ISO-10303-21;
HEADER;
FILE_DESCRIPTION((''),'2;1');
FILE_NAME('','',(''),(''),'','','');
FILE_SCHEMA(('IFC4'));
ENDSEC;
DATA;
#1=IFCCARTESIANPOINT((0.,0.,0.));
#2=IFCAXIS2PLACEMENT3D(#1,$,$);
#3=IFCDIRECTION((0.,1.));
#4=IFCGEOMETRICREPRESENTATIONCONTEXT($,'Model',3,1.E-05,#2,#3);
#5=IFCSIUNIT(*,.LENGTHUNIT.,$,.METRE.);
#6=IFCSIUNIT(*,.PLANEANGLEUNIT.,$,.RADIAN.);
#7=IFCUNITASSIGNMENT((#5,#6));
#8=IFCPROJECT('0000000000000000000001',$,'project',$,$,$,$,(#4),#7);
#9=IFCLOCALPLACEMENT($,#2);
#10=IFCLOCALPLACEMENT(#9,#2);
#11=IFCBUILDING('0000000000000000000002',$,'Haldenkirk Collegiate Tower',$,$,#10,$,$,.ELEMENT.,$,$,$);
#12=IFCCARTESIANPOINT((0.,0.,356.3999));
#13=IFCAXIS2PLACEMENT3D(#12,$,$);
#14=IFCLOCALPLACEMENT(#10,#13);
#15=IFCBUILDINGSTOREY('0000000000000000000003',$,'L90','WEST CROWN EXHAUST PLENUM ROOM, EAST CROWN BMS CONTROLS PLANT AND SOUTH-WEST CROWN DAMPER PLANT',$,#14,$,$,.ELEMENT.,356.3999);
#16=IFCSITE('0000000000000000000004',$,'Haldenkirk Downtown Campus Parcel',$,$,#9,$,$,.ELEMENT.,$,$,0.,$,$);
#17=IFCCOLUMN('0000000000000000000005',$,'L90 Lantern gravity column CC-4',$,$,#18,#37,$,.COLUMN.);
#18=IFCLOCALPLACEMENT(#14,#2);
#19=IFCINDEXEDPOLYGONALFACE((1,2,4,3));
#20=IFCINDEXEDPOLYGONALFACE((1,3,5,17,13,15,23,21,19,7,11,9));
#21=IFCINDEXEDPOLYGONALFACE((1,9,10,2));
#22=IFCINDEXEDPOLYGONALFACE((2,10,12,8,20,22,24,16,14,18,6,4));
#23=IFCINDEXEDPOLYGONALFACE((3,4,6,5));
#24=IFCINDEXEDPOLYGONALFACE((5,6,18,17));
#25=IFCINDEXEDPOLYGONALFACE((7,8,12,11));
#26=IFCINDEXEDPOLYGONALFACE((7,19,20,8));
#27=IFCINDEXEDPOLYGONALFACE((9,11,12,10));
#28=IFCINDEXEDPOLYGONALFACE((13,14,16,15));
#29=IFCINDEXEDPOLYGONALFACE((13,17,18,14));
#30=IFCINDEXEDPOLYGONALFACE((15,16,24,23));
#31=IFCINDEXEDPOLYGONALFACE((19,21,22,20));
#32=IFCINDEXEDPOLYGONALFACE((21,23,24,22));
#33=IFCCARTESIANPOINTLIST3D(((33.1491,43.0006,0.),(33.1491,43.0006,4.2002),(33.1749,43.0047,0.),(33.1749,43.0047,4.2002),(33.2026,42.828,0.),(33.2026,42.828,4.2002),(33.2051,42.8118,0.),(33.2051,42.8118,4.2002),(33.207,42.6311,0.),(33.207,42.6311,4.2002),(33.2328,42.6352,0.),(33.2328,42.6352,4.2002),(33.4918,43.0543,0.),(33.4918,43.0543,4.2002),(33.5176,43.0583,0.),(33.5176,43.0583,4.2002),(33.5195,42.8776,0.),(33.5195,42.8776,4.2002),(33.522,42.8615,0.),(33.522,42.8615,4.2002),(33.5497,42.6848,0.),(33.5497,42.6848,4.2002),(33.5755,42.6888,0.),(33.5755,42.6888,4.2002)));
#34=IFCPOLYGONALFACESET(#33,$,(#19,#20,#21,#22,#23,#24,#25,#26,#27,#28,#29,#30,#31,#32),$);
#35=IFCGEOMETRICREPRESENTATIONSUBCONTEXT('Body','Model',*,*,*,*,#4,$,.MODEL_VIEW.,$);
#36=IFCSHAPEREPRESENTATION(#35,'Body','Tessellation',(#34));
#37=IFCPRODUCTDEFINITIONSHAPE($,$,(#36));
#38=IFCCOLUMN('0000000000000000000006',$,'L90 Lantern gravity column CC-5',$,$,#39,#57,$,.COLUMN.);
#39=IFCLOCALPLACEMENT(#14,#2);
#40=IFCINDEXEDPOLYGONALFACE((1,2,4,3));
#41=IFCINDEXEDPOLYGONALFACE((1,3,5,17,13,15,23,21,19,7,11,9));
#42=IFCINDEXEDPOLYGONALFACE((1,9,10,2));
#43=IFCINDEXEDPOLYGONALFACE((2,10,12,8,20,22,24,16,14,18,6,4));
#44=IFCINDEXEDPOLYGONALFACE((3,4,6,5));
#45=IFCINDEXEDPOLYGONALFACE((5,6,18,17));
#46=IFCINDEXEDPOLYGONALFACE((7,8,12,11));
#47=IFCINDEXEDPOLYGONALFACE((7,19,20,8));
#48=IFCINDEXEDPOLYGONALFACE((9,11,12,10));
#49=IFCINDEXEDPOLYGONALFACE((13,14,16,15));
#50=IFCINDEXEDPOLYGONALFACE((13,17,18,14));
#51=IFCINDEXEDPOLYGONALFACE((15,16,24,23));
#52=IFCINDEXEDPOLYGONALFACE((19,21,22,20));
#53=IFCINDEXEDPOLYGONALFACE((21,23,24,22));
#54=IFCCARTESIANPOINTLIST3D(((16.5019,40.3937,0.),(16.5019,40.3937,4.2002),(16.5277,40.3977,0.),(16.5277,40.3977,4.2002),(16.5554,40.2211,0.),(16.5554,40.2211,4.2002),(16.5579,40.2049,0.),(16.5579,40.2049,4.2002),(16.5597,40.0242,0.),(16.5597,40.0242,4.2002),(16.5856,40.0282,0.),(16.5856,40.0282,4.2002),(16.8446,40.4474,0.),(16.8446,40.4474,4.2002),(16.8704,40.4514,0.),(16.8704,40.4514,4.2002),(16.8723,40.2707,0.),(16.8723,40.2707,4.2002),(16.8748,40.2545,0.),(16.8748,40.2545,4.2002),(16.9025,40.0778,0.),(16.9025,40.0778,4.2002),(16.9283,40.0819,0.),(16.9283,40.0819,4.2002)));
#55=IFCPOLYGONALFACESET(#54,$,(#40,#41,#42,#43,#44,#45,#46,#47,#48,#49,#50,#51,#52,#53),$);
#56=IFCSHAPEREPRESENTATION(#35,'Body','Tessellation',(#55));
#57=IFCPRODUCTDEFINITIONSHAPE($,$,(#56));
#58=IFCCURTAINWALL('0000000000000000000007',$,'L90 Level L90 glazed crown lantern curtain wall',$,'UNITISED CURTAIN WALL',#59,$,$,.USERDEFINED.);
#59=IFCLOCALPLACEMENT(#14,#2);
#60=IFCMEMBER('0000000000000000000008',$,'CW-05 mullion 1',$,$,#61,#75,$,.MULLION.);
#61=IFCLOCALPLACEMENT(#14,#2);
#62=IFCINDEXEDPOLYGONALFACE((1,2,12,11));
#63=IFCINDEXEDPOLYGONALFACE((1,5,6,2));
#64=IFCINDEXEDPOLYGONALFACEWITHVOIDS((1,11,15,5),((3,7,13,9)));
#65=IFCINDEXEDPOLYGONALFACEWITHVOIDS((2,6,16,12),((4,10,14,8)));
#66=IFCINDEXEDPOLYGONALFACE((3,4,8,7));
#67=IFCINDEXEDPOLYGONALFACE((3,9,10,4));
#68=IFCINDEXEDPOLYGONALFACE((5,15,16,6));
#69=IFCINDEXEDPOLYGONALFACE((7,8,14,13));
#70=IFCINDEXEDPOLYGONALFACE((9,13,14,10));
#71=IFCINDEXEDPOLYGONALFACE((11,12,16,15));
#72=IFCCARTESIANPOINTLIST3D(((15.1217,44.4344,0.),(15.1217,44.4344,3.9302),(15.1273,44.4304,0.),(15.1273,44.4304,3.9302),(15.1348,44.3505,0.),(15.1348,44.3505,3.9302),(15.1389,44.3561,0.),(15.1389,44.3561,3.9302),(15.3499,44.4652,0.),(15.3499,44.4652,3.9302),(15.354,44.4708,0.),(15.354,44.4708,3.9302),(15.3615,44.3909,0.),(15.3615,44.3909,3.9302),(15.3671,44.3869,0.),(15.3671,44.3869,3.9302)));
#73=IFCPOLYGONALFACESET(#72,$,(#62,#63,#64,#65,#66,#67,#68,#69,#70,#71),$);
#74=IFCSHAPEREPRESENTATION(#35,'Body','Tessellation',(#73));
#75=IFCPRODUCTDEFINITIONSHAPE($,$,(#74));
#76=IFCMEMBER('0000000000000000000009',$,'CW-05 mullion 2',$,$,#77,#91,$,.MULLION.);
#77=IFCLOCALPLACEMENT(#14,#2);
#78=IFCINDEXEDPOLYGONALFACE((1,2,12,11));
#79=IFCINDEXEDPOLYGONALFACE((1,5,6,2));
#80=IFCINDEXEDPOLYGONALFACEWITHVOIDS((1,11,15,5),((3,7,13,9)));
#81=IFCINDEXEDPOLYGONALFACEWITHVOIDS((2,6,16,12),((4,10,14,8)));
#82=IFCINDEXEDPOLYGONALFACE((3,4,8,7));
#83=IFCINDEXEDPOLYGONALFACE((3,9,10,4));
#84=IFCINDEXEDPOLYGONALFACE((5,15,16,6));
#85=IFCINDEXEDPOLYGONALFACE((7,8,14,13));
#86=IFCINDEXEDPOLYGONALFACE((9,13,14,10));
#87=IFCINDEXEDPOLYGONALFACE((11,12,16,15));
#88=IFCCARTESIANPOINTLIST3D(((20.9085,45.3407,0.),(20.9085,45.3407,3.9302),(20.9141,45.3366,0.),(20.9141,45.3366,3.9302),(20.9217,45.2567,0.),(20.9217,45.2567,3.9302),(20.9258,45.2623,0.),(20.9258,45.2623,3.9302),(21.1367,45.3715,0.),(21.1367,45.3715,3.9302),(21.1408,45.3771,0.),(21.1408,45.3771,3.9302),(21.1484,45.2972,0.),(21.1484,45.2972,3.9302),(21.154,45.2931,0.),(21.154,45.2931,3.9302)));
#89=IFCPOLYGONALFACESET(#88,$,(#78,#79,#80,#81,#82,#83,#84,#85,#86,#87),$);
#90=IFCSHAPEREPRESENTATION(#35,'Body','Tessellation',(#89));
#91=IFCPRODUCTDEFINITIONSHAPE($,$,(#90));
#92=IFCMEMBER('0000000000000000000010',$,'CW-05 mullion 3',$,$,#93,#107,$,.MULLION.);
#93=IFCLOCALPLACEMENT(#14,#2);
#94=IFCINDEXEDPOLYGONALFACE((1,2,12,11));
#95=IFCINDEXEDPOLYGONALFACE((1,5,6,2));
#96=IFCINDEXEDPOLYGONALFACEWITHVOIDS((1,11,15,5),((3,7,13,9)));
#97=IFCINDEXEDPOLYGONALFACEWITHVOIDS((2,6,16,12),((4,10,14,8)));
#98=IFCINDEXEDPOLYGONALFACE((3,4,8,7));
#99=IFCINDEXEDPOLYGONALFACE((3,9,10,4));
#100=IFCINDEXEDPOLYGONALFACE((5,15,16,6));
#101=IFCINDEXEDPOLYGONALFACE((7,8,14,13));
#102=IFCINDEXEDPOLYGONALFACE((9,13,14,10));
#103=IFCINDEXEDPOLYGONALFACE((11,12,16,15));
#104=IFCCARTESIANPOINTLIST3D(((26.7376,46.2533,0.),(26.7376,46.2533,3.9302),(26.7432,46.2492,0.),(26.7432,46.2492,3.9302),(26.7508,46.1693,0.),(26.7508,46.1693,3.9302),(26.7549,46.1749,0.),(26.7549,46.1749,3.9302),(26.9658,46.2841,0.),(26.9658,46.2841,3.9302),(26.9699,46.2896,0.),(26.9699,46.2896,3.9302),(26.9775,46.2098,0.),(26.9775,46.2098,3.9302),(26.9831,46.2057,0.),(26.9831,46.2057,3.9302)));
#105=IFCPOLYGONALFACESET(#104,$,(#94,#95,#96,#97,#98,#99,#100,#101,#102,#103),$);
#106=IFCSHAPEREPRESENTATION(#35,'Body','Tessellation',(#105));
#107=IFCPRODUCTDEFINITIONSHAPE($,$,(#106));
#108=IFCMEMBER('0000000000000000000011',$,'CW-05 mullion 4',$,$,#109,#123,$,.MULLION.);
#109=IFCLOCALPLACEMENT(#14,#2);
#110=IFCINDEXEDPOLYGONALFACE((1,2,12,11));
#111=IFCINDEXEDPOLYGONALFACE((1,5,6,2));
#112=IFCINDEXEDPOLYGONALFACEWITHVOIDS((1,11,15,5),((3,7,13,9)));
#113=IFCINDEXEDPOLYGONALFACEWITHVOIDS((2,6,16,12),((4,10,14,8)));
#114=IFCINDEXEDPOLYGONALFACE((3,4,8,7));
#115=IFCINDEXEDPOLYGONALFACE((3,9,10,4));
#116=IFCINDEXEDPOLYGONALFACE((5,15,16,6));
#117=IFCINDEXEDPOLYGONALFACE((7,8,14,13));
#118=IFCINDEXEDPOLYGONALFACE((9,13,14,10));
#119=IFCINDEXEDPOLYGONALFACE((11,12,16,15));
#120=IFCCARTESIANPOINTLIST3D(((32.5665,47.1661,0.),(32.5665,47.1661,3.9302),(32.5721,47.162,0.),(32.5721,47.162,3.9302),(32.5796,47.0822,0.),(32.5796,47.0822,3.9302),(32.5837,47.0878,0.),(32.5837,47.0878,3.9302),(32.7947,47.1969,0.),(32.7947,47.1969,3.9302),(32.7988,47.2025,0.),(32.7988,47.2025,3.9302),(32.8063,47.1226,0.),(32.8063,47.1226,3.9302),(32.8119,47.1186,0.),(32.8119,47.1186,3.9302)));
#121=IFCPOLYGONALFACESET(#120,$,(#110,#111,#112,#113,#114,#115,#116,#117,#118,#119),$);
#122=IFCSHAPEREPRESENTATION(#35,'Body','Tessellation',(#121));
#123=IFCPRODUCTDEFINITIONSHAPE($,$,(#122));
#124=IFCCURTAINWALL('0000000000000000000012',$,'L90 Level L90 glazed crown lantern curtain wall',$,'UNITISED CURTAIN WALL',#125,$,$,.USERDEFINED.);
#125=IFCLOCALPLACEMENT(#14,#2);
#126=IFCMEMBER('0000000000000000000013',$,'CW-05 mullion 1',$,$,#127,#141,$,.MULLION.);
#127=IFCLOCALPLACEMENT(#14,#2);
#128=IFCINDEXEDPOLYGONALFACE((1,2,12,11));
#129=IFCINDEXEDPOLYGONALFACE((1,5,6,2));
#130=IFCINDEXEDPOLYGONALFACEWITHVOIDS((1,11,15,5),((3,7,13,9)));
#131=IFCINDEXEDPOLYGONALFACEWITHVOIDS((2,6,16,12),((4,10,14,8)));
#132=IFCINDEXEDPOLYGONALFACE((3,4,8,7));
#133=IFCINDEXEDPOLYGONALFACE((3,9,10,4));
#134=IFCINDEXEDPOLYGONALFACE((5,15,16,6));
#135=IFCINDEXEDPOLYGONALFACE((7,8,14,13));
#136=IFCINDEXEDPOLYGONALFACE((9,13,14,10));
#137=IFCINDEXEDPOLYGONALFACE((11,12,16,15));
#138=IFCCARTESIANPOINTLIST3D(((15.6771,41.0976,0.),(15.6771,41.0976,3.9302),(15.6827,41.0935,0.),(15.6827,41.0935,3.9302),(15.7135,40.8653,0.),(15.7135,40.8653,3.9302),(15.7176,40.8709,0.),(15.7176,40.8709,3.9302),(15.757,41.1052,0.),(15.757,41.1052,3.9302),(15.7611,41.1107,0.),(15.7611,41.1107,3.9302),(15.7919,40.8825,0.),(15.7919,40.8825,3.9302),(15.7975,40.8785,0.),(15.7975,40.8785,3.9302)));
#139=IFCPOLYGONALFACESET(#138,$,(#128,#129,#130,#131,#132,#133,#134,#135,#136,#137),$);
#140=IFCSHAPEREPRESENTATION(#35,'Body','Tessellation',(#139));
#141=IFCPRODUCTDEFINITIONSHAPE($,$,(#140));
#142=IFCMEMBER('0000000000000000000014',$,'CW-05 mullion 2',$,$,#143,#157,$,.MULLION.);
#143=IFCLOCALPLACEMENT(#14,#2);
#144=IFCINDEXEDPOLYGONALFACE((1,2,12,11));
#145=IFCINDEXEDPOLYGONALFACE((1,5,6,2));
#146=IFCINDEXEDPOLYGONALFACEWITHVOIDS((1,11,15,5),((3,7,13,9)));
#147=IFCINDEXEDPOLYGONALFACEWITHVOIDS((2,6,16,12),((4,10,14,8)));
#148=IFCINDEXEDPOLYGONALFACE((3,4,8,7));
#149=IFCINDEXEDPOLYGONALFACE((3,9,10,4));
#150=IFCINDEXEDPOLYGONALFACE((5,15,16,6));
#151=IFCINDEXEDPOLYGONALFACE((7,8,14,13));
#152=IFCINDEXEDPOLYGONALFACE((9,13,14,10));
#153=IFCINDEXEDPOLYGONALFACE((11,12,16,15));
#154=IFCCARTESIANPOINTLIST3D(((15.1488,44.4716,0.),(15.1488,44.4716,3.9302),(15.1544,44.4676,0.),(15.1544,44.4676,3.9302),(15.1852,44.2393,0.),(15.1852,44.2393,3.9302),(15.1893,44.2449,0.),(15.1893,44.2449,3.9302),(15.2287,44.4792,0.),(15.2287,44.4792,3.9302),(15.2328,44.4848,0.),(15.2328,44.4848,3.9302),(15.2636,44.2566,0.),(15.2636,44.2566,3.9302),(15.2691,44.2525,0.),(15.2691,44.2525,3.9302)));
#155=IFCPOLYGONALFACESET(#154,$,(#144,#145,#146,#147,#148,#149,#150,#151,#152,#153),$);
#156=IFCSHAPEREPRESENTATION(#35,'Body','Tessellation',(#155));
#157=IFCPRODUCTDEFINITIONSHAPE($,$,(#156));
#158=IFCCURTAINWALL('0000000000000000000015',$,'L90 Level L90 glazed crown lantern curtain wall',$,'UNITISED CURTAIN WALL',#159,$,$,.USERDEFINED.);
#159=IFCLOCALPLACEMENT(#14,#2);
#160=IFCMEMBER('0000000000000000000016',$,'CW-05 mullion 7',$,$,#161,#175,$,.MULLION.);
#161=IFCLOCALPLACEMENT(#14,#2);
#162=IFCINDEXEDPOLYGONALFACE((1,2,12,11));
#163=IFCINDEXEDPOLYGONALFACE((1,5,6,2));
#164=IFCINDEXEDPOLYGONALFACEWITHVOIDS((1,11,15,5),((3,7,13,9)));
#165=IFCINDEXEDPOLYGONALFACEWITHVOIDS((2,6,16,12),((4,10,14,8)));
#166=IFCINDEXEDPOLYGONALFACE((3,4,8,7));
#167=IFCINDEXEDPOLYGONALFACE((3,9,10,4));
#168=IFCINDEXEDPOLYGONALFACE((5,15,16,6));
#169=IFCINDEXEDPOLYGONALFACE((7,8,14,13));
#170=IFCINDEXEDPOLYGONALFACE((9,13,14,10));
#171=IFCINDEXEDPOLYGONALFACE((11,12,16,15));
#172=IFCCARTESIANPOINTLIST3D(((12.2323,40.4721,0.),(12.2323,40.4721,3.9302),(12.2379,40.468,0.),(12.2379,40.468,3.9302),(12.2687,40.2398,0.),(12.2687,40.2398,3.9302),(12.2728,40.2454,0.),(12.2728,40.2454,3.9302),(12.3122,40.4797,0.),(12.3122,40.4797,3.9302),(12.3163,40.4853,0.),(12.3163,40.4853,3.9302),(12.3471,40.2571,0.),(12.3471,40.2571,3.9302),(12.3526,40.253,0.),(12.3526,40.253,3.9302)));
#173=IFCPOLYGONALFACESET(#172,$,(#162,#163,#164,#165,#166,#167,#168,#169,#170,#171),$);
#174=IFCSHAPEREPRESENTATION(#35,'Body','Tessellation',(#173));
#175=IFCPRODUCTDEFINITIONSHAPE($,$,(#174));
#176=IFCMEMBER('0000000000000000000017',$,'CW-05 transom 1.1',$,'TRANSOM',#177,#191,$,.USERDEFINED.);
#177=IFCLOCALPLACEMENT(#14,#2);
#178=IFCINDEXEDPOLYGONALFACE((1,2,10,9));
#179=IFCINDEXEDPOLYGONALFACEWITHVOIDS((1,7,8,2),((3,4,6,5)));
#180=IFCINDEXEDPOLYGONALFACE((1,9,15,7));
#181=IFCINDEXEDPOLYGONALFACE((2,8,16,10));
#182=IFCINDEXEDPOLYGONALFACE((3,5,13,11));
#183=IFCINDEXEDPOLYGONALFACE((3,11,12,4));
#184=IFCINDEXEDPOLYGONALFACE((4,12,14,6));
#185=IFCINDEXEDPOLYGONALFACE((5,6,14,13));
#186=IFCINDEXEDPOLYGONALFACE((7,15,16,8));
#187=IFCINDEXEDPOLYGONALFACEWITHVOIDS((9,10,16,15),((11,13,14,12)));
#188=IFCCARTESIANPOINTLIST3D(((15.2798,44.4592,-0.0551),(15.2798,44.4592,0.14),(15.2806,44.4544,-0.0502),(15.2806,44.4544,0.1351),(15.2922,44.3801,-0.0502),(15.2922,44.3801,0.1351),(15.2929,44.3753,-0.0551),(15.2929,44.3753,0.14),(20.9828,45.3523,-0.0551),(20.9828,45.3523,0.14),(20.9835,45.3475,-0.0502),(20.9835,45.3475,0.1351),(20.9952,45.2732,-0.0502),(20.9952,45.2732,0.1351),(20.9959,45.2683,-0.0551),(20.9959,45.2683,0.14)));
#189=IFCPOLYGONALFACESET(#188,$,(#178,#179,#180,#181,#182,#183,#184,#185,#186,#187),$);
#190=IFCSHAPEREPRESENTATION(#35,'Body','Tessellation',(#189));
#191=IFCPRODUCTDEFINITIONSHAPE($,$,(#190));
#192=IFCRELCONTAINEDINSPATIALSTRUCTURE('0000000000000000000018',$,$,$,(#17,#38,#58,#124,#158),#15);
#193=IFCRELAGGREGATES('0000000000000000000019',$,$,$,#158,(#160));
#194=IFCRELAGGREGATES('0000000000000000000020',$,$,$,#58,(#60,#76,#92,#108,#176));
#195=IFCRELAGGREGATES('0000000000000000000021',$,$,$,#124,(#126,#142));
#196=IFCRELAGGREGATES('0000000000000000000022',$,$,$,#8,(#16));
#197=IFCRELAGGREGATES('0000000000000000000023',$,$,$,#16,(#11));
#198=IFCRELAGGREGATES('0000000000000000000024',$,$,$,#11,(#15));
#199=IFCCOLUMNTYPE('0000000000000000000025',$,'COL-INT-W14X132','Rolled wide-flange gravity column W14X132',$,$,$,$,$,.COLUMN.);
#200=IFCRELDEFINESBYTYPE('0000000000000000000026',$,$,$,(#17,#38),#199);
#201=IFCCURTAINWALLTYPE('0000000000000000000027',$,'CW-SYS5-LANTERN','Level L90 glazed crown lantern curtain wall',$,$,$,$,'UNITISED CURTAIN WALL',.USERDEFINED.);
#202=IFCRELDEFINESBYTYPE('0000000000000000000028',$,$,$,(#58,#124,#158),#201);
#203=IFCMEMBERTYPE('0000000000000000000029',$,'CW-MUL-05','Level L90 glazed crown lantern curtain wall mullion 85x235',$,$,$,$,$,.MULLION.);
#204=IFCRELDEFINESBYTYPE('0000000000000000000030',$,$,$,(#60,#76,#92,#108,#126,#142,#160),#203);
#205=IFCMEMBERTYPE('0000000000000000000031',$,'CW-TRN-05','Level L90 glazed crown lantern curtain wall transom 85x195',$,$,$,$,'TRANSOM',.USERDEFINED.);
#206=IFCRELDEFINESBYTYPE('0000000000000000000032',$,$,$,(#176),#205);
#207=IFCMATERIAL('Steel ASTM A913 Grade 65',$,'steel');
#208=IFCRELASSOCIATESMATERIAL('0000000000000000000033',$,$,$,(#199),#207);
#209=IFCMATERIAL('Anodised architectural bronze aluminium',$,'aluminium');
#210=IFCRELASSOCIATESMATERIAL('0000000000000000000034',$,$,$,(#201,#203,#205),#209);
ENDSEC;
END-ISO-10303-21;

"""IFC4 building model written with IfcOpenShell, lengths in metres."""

from ifc_helpers import new_model, si_unit, direction, frame, origin, origin_2d, place, context, subcontext, project, spatial, hollow_rectangle, i_section, extrude, material, material_profile, profile_set, type_object, element, aggregate, save


model = new_model("IFC4")

# Units and contexts
model_context = context("Model", 3, precision=1e-05, world=origin(), true_north=direction((0.0, 1.0)))
body_context = subcontext(model_context, "Body", "Model", "MODEL_VIEW")
ifc_project = project(units=[si_unit("LENGTHUNIT", "METRE"), si_unit("PLANEANGLEUNIT", "RADIAN")], contexts=[model_context])

# Site, building, storey
site_placement = place(None, origin())
site = spatial("IfcSite", under=ifc_project, at=site_placement, Name="Haldenkirk Downtown Campus Parcel", CompositionType="ELEMENT", RefElevation=0.0)
building_placement = place(site_placement, origin())
building = spatial("IfcBuilding", under=site, at=building_placement, Name="Haldenkirk Collegiate Tower", CompositionType="ELEMENT")
storey_placement = place(building_placement, frame((0.0, 0.0, 356.3999)))
storey = spatial("IfcBuildingStorey", under=building, at=storey_placement, Name="L90", Description="WEST CROWN EXHAUST PLENUM ROOM, EAST CROWN BMS CONTROLS PLANT AND SOUTH-WEST CROWN DAMPER PLANT", CompositionType="ELEMENT", Elevation=356.3999)

# Columns
ifc_material_1 = material(Name="Steel ASTM A913 Grade 65", Category="steel")
ifc_material_profile_1 = material_profile(ifc_material_1, i_section(OverallWidth=0.374, OverallDepth=0.373, WebThickness=0.0164, FlangeThickness=0.0261, at=origin_2d()), Name="W14X132")
ifc_profile_set_1 = profile_set([ifc_material_profile_1], Name="Steel ASTM A913 Grade 65")
column_type = type_object("IfcColumnType", Name="COL-INT-W14X132", Description="Rolled wide-flange gravity column W14X132", PredefinedType="COLUMN", material=ifc_profile_set_1)
for number, where, z_axis, x_axis, name in (
    (1, (33.3623, 42.8447, 0.0), (0.0, 0.0, 1.0), (-0.15471, 0.98796, 0.0), "L90 Lantern gravity column CC-4"),
    (2, (16.7151, 40.2378, 0.0), (0.0, 0.0, 1.0), (-0.15471, 0.98796, 0.0), "L90 Lantern gravity column CC-5"),
):
    element("IfcColumn", number, at=place(storey_placement, frame(where, z_axis=z_axis, x_axis=x_axis)), inside=storey, type_object=column_type, Name=name, PredefinedType="COLUMN", context=body_context, shape_type="SweptSolid", body=[
        extrude(i_section(OverallWidth=0.374, OverallDepth=0.373, WebThickness=0.0164, FlangeThickness=0.0261, at=origin_2d()), origin(), (0.0, 0.0, 1.0), 4.2002),
    ])

# Curtain walls, members
ifc_material_2 = material(Name="Anodised architectural bronze aluminium", Category="aluminium")
curtain_wall_type = type_object("IfcCurtainWallType", Name="CW-SYS5-LANTERN", Description="Level L90 glazed crown lantern curtain wall", ElementType="UNITISED CURTAIN WALL", PredefinedType="USERDEFINED", material=ifc_material_2)
curtain_wall_1_placement = place(storey_placement, origin())
curtain_wall_1 = element("IfcCurtainWall", 3, at=curtain_wall_1_placement, inside=storey, type_object=curtain_wall_type, Name="L90 Level L90 glazed crown lantern curtain wall", ObjectType="UNITISED CURTAIN WALL", PredefinedType="USERDEFINED")
ifc_material_profile_2 = material_profile(ifc_material_2, hollow_rectangle(XDim=0.085, YDim=0.2351, WallThickness=0.0049, at=origin_2d()), Name="CW-MUL-05")
ifc_profile_set_2 = profile_set([ifc_material_profile_2], Name="Anodised architectural bronze aluminium")
member_type_1 = type_object("IfcMemberType", Name="CW-MUL-05", Description="Level L90 glazed crown lantern curtain wall mullion 85x235", PredefinedType="MULLION", material=ifc_profile_set_2)
member_1_placement = place(storey_placement, frame((15.2444, 44.4106, 0.0), z_axis=(0.0, 0.0, 1.0), x_axis=(-0.154709, 0.98796, 0.0)))
member_1 = element("IfcMember", 4, at=member_1_placement, type_object=member_type_1, Name="CW-05 mullion 1", PredefinedType="MULLION", context=body_context, shape_type="SweptSolid", body=[
    extrude(hollow_rectangle(XDim=0.085, YDim=0.2351, WallThickness=0.0049, at=origin_2d()), origin(), (0.0, 0.0, 1.0), 3.9302),
])
member_2_placement = place(storey_placement, frame((21.0312, 45.3169, 0.0), z_axis=(0.0, 0.0, 1.0), x_axis=(-0.154709, 0.98796, 0.0)))
member_2 = element("IfcMember", 5, at=member_2_placement, type_object=member_type_1, Name="CW-05 mullion 2", PredefinedType="MULLION", context=body_context, shape_type="SweptSolid", body=[
    extrude(hollow_rectangle(XDim=0.085, YDim=0.2351, WallThickness=0.0049, at=origin_2d()), origin(), (0.0, 0.0, 1.0), 3.9302),
])
member_3_placement = place(storey_placement, frame((26.8604, 46.2295, 0.0), z_axis=(0.0, 0.0, 1.0), x_axis=(-0.154709, 0.98796, 0.0)))
member_3 = element("IfcMember", 6, at=member_3_placement, type_object=member_type_1, Name="CW-05 mullion 3", PredefinedType="MULLION", context=body_context, shape_type="SweptSolid", body=[
    extrude(hollow_rectangle(XDim=0.085, YDim=0.2351, WallThickness=0.0049, at=origin_2d()), origin(), (0.0, 0.0, 1.0), 3.9302),
])
member_4_placement = place(storey_placement, frame((32.6892, 47.1423, 0.0), z_axis=(0.0, 0.0, 1.0), x_axis=(-0.154709, 0.98796, 0.0)))
member_4 = element("IfcMember", 7, at=member_4_placement, type_object=member_type_1, Name="CW-05 mullion 4", PredefinedType="MULLION", context=body_context, shape_type="SweptSolid", body=[
    extrude(hollow_rectangle(XDim=0.085, YDim=0.2351, WallThickness=0.0049, at=origin_2d()), origin(), (0.0, 0.0, 1.0), 3.9302),
])
curtain_wall_2_placement = place(storey_placement, origin())
curtain_wall_2 = element("IfcCurtainWall", 8, at=curtain_wall_2_placement, inside=storey, type_object=curtain_wall_type, Name="L90 Level L90 glazed crown lantern curtain wall", ObjectType="UNITISED CURTAIN WALL", PredefinedType="USERDEFINED")
member_5_placement = place(storey_placement, frame((15.7373, 40.988, 0.0), z_axis=(0.0, 0.0, 1.0), x_axis=(-0.98796, -0.154712, 0.0)))
member_5 = element("IfcMember", 9, at=member_5_placement, type_object=member_type_1, Name="CW-05 mullion 1", PredefinedType="MULLION", context=body_context, shape_type="SweptSolid", body=[
    extrude(hollow_rectangle(XDim=0.085, YDim=0.2351, WallThickness=0.0049, at=origin_2d()), origin(), (0.0, 0.0, 1.0), 3.9302),
])
member_6_placement = place(storey_placement, frame((15.209, 44.3621, 0.0), z_axis=(0.0, 0.0, 1.0), x_axis=(-0.98796, -0.154712, 0.0)))
member_6 = element("IfcMember", 10, at=member_6_placement, type_object=member_type_1, Name="CW-05 mullion 2", PredefinedType="MULLION", context=body_context, shape_type="SweptSolid", body=[
    extrude(hollow_rectangle(XDim=0.085, YDim=0.2351, WallThickness=0.0049, at=origin_2d()), origin(), (0.0, 0.0, 1.0), 3.9302),
])

# Curtain wall, member
curtain_wall_3_placement = place(storey_placement, origin())
curtain_wall_3 = element("IfcCurtainWall", 11, at=curtain_wall_3_placement, inside=storey, type_object=curtain_wall_type, Name="L90 Level L90 glazed crown lantern curtain wall", ObjectType="UNITISED CURTAIN WALL", PredefinedType="USERDEFINED")
member_7_placement = place(storey_placement, frame((12.2925, 40.3625, 0.0), z_axis=(0.0, 0.0, 1.0), x_axis=(-0.98796, -0.154713, 0.0)))
member_7 = element("IfcMember", 12, at=member_7_placement, type_object=member_type_1, Name="CW-05 mullion 7", PredefinedType="MULLION", context=body_context, shape_type="SweptSolid", body=[
    extrude(hollow_rectangle(XDim=0.085, YDim=0.2351, WallThickness=0.0049, at=origin_2d()), origin(), (0.0, 0.0, 1.0), 3.9302),
])

# Member
ifc_material_profile_3 = material_profile(ifc_material_2, hollow_rectangle(XDim=0.085, YDim=0.1951, WallThickness=0.0049, at=origin_2d()), Name="CW-TRN-05")
ifc_profile_set_3 = profile_set([ifc_material_profile_3], Name="Anodised architectural bronze aluminium")
member_type_2 = type_object("IfcMemberType", Name="CW-TRN-05", Description="Level L90 glazed crown lantern curtain wall transom 85x195", ElementType="TRANSOM", PredefinedType="USERDEFINED", material=ifc_profile_set_3)
member_8_placement = place(storey_placement, frame((15.2864, 44.4172, 0.0425), z_axis=(0.987959, 0.154714, 0.0), x_axis=(-0.154714, 0.987959, 0.0)))
member_8 = element("IfcMember", 13, at=member_8_placement, type_object=member_type_2, Name="CW-05 transom 1.1", ObjectType="TRANSOM", PredefinedType="USERDEFINED", context=body_context, shape_type="SweptSolid", body=[
    extrude(hollow_rectangle(XDim=0.085, YDim=0.1951, WallThickness=0.0049, at=origin_2d()), origin(), (0.0, 0.0, 1.0), 5.7725),
])

aggregate(curtain_wall_3, [member_7])
aggregate(curtain_wall_1, [member_1, member_2, member_3, member_4, member_8])
aggregate(curtain_wall_2, [member_5, member_6])

save(model, "model.ifc")
